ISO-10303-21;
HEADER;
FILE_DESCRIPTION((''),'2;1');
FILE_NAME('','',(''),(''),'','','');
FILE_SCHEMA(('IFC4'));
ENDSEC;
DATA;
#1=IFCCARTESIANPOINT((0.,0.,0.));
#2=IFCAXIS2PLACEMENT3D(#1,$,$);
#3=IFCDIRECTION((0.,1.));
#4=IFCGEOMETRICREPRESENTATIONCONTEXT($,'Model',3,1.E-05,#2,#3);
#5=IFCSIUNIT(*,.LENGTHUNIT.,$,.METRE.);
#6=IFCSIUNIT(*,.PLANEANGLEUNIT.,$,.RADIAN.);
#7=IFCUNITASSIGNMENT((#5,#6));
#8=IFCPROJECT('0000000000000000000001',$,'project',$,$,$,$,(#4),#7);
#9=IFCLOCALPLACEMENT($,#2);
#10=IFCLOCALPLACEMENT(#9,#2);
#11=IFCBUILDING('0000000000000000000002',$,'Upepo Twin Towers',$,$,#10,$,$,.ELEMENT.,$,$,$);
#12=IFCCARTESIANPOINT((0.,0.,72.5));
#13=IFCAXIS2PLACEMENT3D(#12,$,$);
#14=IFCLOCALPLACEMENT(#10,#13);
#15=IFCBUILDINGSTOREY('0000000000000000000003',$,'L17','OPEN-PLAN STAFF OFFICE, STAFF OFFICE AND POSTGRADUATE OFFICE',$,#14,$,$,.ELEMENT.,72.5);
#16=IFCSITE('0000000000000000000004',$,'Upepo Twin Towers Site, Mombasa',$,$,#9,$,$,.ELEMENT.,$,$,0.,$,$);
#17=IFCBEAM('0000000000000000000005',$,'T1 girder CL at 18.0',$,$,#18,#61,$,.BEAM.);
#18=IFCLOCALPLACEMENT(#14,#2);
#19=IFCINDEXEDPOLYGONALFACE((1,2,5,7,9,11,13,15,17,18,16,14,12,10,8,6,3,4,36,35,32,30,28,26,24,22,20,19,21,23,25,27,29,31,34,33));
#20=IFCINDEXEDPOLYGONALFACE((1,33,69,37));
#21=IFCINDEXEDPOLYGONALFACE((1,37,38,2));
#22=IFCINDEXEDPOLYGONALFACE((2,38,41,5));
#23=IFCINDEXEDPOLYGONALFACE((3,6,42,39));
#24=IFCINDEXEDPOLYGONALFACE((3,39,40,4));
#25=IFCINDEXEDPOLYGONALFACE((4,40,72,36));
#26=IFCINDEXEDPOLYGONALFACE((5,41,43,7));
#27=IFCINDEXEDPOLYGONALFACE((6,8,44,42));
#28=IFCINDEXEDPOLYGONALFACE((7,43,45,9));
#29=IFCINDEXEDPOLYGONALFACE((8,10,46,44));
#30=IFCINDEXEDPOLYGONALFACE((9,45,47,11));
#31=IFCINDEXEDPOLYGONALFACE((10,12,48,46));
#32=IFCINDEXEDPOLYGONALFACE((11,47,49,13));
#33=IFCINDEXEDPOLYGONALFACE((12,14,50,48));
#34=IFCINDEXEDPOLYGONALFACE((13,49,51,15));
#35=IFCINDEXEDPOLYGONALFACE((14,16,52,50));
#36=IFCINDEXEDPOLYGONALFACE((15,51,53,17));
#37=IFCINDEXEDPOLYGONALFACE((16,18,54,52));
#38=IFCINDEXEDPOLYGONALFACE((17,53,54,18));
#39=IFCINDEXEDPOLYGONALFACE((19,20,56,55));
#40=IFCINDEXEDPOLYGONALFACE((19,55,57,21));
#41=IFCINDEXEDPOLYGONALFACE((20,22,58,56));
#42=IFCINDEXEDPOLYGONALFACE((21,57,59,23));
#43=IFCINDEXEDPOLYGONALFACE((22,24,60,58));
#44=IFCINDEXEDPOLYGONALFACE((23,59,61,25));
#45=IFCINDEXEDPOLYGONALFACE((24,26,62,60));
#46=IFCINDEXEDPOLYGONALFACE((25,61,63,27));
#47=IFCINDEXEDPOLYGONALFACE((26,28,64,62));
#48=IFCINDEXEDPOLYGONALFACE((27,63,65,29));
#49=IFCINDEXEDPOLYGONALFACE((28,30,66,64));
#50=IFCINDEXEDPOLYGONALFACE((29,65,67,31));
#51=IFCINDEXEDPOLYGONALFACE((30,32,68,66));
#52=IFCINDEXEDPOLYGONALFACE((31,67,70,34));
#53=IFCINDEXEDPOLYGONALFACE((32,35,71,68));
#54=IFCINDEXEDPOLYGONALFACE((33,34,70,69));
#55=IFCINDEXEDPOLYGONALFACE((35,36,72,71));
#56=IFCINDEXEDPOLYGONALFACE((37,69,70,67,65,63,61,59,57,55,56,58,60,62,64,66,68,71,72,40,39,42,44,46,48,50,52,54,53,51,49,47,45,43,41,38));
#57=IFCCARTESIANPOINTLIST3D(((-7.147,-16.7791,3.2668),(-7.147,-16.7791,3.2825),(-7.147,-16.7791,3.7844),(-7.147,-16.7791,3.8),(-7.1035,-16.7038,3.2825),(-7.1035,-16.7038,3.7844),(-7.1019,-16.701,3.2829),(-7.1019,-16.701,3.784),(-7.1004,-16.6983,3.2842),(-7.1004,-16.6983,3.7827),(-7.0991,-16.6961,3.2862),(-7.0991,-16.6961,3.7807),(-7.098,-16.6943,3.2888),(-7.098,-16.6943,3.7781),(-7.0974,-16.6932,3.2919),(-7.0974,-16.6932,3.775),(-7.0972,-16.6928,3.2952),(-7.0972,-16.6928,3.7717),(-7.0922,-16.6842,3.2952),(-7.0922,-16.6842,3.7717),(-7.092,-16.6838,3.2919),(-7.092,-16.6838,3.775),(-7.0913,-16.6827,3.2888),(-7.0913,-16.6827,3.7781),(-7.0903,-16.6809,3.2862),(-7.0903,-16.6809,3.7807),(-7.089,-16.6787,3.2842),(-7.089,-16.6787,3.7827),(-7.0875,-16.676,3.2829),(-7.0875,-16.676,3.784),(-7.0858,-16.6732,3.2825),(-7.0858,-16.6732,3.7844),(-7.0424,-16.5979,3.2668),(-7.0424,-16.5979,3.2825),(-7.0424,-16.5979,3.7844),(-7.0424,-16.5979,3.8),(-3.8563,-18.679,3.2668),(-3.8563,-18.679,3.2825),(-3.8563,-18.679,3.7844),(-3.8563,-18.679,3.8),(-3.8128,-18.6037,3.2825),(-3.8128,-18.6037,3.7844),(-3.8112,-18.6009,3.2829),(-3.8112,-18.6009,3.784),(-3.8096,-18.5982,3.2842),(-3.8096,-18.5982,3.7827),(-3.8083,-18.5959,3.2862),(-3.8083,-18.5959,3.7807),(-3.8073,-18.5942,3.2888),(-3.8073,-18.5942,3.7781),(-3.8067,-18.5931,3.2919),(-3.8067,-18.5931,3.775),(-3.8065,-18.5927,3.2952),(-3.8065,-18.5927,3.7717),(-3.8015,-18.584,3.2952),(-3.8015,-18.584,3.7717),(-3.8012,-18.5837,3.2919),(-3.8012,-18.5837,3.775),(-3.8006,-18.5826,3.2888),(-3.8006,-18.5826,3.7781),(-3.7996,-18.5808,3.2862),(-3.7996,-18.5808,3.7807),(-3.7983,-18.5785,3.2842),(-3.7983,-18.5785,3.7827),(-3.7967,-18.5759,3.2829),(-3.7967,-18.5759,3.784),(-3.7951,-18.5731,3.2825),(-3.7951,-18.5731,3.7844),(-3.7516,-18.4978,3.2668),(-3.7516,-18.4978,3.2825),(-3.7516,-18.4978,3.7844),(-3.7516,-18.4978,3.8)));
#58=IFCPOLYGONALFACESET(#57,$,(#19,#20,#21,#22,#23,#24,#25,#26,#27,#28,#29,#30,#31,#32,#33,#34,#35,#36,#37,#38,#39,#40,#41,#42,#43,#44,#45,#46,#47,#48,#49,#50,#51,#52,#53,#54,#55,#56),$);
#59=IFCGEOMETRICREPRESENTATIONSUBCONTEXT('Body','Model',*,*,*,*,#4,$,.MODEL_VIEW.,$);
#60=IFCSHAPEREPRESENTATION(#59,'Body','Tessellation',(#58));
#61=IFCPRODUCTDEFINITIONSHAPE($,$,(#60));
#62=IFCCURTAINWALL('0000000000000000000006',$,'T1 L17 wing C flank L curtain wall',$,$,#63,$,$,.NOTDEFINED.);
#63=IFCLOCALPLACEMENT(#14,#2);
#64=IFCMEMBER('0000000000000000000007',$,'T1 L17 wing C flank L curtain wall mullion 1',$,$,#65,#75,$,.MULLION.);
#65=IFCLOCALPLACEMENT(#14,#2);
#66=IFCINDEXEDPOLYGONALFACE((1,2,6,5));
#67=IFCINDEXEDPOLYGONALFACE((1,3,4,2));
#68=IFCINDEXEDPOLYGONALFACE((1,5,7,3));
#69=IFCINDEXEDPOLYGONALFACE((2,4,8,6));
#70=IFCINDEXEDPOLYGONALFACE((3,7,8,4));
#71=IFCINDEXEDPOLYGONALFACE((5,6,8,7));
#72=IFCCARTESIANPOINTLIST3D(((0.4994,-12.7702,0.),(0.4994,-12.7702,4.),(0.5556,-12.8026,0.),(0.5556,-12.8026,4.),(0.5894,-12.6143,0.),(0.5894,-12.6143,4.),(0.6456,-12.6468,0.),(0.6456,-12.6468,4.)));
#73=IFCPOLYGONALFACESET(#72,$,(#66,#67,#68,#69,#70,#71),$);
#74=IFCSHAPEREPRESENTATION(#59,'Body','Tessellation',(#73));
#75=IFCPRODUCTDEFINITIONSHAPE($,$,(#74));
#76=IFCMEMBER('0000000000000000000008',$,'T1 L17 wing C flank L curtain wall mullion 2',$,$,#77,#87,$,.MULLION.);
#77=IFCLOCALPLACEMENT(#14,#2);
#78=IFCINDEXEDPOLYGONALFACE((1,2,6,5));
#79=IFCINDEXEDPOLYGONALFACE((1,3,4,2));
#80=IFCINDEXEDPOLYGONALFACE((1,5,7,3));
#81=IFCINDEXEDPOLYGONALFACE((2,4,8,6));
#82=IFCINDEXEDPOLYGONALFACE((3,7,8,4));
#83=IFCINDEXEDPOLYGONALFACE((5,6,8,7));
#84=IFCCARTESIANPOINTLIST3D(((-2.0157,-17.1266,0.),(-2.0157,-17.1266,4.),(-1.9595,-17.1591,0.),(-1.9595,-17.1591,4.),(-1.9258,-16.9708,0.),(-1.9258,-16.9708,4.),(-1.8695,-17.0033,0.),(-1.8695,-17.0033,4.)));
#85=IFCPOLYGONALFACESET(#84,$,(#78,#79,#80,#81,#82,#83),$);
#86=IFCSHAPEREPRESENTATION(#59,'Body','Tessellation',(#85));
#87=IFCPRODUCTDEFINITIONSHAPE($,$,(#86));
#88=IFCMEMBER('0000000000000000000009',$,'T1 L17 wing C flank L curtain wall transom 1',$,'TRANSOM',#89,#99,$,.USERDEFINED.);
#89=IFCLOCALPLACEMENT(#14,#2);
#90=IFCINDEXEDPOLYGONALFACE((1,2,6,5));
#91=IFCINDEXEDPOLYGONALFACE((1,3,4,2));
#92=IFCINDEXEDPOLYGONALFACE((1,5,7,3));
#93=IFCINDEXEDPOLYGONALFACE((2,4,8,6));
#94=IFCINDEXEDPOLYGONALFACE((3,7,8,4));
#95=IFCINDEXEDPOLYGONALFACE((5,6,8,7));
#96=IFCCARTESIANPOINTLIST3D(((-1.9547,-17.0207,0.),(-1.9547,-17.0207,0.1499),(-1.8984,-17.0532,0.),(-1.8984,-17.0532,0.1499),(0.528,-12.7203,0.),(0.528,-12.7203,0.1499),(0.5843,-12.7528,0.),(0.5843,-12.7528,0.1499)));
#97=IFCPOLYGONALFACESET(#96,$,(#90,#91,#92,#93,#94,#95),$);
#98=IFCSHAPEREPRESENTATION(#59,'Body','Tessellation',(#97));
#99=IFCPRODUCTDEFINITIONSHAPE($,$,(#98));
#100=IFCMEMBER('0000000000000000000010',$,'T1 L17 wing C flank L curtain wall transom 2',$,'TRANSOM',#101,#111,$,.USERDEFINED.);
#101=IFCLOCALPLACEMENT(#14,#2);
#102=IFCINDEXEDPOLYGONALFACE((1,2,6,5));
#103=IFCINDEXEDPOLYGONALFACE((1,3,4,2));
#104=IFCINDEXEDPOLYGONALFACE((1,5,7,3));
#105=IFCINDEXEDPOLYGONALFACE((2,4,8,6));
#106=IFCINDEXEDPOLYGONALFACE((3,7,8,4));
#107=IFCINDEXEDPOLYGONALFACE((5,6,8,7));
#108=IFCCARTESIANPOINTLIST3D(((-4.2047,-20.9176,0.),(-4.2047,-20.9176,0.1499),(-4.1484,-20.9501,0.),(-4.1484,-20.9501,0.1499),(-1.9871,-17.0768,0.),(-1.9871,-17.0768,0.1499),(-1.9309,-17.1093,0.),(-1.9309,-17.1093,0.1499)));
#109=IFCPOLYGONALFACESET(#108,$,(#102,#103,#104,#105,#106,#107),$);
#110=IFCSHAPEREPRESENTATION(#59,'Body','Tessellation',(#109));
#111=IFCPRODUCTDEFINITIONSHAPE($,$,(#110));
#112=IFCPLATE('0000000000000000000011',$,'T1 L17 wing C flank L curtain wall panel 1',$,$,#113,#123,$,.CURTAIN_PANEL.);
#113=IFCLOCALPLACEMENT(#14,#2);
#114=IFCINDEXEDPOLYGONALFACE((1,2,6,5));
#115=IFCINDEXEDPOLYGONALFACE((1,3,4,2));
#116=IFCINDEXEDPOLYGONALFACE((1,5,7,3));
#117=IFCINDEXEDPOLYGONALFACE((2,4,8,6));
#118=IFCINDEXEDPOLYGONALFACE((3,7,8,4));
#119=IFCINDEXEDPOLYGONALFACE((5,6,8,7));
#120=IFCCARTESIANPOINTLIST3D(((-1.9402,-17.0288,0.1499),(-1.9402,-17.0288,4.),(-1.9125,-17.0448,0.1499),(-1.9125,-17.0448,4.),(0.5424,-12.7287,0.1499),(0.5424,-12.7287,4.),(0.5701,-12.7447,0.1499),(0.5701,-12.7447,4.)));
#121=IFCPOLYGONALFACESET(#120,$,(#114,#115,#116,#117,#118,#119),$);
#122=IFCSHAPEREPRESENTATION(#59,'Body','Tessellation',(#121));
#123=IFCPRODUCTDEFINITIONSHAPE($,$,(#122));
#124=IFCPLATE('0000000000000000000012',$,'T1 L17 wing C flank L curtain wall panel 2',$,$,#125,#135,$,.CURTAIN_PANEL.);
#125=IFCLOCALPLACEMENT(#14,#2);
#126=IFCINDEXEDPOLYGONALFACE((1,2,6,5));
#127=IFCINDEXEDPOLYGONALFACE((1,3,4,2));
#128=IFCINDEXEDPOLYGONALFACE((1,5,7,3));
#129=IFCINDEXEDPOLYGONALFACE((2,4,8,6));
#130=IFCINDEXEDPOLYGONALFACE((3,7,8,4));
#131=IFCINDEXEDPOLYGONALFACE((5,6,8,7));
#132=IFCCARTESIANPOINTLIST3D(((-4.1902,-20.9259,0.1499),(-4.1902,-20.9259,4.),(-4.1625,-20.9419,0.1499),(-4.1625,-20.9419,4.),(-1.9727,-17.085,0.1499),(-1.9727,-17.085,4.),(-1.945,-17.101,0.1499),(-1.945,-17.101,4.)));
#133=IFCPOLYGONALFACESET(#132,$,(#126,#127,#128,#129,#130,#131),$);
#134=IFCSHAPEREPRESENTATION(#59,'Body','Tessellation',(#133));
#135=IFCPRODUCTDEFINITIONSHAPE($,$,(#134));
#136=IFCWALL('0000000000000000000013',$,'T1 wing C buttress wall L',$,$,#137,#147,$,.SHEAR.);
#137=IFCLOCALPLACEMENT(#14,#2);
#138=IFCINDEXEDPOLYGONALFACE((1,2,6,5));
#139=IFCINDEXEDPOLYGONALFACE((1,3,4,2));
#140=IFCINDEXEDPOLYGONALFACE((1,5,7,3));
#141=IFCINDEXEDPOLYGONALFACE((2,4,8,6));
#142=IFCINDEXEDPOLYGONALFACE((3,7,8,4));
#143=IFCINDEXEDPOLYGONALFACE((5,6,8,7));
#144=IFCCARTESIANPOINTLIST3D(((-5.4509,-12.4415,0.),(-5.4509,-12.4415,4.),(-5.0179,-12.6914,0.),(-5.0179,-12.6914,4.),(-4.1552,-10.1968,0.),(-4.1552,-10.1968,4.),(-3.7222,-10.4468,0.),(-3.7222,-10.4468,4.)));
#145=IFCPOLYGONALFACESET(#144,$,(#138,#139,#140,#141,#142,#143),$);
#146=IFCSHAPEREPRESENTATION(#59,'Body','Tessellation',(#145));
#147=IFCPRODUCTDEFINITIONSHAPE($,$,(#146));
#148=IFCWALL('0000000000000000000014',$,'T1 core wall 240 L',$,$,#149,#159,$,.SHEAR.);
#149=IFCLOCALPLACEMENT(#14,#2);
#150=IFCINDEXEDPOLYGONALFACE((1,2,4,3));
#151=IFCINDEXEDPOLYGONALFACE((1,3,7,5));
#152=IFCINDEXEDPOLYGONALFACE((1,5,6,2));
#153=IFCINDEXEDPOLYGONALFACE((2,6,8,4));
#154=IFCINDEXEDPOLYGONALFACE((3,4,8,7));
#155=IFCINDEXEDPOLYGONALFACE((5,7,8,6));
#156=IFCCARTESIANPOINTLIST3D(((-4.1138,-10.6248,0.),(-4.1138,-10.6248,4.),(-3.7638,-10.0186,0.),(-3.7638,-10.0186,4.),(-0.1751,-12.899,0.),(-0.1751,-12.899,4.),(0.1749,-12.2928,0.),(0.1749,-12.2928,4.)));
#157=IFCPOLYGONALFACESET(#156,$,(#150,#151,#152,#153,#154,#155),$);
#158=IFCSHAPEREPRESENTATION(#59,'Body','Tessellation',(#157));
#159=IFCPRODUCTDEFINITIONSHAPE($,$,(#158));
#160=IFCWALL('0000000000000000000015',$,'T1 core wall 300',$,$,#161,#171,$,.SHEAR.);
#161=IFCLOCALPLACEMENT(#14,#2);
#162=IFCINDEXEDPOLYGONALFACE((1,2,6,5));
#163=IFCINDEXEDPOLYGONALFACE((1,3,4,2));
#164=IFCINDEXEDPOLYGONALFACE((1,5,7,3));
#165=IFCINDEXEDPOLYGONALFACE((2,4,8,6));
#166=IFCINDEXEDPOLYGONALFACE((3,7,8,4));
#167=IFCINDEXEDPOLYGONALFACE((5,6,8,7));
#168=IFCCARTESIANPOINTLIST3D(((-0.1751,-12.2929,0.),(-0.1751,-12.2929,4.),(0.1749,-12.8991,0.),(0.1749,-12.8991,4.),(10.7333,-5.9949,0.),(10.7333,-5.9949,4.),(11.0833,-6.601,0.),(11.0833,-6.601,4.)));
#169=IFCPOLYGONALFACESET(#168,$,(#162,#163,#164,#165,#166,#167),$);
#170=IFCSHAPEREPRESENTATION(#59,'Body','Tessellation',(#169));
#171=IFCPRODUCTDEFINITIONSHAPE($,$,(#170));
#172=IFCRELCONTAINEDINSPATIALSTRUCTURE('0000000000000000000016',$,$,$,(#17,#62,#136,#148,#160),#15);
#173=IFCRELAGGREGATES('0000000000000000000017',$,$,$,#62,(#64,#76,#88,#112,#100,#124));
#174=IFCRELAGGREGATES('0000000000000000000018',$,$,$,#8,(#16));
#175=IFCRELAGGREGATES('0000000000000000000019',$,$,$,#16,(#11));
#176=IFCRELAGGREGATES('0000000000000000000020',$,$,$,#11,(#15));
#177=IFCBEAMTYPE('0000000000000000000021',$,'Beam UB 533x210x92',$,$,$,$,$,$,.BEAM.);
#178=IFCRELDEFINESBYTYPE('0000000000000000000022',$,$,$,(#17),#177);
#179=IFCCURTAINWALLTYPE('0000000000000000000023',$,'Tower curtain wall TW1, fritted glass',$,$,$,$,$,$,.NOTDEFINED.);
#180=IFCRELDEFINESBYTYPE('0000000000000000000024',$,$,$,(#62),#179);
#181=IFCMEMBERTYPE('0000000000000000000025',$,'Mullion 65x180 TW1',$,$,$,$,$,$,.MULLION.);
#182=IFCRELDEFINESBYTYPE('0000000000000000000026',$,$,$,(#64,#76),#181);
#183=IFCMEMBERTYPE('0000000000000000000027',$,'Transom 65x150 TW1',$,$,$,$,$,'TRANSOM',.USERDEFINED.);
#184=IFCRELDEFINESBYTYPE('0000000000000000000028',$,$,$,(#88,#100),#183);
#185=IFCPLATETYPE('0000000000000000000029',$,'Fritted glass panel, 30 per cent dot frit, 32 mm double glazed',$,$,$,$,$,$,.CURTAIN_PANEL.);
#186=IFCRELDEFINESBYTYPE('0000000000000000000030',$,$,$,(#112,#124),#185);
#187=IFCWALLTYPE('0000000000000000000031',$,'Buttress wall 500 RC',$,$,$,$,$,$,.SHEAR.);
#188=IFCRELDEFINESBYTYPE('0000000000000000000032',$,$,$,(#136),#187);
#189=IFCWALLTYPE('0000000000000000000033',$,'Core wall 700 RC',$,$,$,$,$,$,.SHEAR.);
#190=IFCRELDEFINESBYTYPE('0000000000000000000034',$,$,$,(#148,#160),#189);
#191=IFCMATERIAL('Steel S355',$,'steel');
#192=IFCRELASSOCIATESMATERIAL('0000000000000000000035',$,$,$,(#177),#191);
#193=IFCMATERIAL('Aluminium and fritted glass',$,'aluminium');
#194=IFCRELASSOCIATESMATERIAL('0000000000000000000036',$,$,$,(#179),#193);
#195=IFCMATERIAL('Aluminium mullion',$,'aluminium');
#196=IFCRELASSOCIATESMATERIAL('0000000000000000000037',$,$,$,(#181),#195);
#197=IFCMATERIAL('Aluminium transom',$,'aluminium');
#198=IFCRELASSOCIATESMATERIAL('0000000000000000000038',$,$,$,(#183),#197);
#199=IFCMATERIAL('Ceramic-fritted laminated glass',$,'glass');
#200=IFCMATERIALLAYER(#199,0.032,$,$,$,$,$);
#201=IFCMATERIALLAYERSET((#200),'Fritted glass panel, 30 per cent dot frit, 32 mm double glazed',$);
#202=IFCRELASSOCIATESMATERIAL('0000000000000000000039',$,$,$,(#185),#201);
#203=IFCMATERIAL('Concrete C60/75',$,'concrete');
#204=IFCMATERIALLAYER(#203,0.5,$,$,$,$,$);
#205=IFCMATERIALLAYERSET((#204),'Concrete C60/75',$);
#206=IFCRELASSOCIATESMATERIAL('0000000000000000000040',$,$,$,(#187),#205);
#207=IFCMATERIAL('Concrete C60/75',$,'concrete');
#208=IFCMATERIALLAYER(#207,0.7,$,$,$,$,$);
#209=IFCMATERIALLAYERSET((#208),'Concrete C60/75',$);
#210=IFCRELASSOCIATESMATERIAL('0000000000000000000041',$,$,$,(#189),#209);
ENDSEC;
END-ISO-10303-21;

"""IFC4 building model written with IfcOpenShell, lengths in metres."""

from ifc_helpers import new_model, si_unit, direction, frame, frame_2d, origin, origin_2d, place, context, subcontext, project, spatial, rectangle, i_section, extrude, material, layer, layer_set, material_profile, profile_set, type_object, element, aggregate, save


model = new_model("IFC4")

# Units and contexts
model_context = context("Model", 3, precision=1e-05, world=origin(), true_north=direction((0.0, 1.0)))
body_context = subcontext(model_context, "Body", "Model", "MODEL_VIEW")
ifc_project = project(units=[si_unit("LENGTHUNIT", "METRE"), si_unit("PLANEANGLEUNIT", "RADIAN")], contexts=[model_context])

# Site, building, storey
site_placement = place(None, origin())
site = spatial("IfcSite", under=ifc_project, at=site_placement, Name="Upepo Twin Towers Site, Mombasa", CompositionType="ELEMENT", RefElevation=0.0)
building_placement = place(site_placement, origin())
building = spatial("IfcBuilding", under=site, at=building_placement, Name="Upepo Twin Towers", CompositionType="ELEMENT")
storey_placement = place(building_placement, frame((0.0, 0.0, 72.5)))
storey = spatial("IfcBuildingStorey", under=building, at=storey_placement, Name="L17", Description="OPEN-PLAN STAFF OFFICE, STAFF OFFICE AND POSTGRADUATE OFFICE", CompositionType="ELEMENT", Elevation=72.5)

# Beam
ifc_material_1 = material(Name="Steel S355", Category="steel")
ifc_material_profile_1 = material_profile(ifc_material_1, i_section(OverallWidth=0.2092, OverallDepth=0.5332, WebThickness=0.01, FlangeThickness=0.0156, FilletRadius=0.0127, at=origin_2d()), Name="UB 533x210x92")
ifc_profile_set_1 = profile_set([ifc_material_profile_1], Name="Steel S355")
beam_type_1 = type_object("IfcBeamType", Name="Beam UB 533x210x92", PredefinedType="BEAM", material=ifc_profile_set_1)
beam_1_placement = place(storey_placement, frame((-3.804, -18.5884, 3.5334), z_axis=(-0.866028, 0.499995, 0.0), x_axis=(-0.499995, -0.866028, 0.0)))
element("IfcBeam", 1, at=beam_1_placement, inside=storey, type_object=beam_type_1, Name="T1 girder CL at 18.0", PredefinedType="BEAM", context=body_context, shape_type="SweptSolid", body=[
    extrude(i_section(OverallWidth=0.2092, OverallDepth=0.5332, WebThickness=0.01, FlangeThickness=0.0156, FilletRadius=0.0127, at=origin_2d()), origin(), (0.0, 0.0, 1.0), 3.7998),
])

# Curtain wall, members, plates
ifc_material_2 = material(Name="Aluminium and fritted glass", Category="aluminium")
curtain_wall_type = type_object("IfcCurtainWallType", Name="Tower curtain wall TW1, fritted glass", PredefinedType="NOTDEFINED", material=ifc_material_2)
curtain_wall_placement = place(storey_placement, origin())
curtain_wall = element("IfcCurtainWall", 2, at=curtain_wall_placement, inside=storey, type_object=curtain_wall_type, Name="T1 L17 wing C flank L curtain wall", PredefinedType="NOTDEFINED")
ifc_material_3 = material(Name="Aluminium mullion", Category="aluminium")
ifc_material_profile_2 = material_profile(ifc_material_3, rectangle(XDim=0.0649, YDim=0.1799, at=origin_2d()), Name="MULLION 65x180")
ifc_profile_set_2 = profile_set([ifc_material_profile_2], Name="Aluminium mullion")
member_type_1 = type_object("IfcMemberType", Name="Mullion 65x180 TW1", PredefinedType="MULLION", material=ifc_profile_set_2)
member_1_placement = place(storey_placement, frame((0.5725, -12.7085, 0.0), z_axis=(0.0, 0.0, 1.0), x_axis=(0.866025, -0.5, 0.0)))
member_1 = element("IfcMember", 3, at=member_1_placement, type_object=member_type_1, Name="T1 L17 wing C flank L curtain wall mullion 1", PredefinedType="MULLION", context=body_context, shape_type="SweptSolid", body=[
    extrude(rectangle(XDim=0.0649, YDim=0.1799, at=origin_2d()), origin(), (0.0, 0.0, 1.0), 4.0),
])
member_2_placement = place(storey_placement, frame((-1.9426, -17.0649, 0.0), z_axis=(0.0, 0.0, 1.0), x_axis=(0.866025, -0.5, 0.0)))
member_2 = element("IfcMember", 4, at=member_2_placement, type_object=member_type_1, Name="T1 L17 wing C flank L curtain wall mullion 2", PredefinedType="MULLION", context=body_context, shape_type="SweptSolid", body=[
    extrude(rectangle(XDim=0.0649, YDim=0.1799, at=origin_2d()), origin(), (0.0, 0.0, 1.0), 4.0),
])
ifc_material_4 = material(Name="Aluminium transom", Category="aluminium")
ifc_material_profile_3 = material_profile(ifc_material_4, rectangle(XDim=0.0649, YDim=0.1499, at=origin_2d()), Name="TRANSOM 65x150")
ifc_profile_set_3 = profile_set([ifc_material_profile_3], Name="Aluminium transom")
member_type_2 = type_object("IfcMemberType", Name="Transom 65x150 TW1", ElementType="TRANSOM", PredefinedType="USERDEFINED", material=ifc_profile_set_3)
member_3_placement = place(storey_placement, frame((0.5562, -12.7366, 0.075), z_axis=(-0.499983, -0.866035, 0.0), x_axis=(0.866035, -0.499983, 0.0)))
member_3 = element("IfcMember", 5, at=member_3_placement, type_object=member_type_2, Name="T1 L17 wing C flank L curtain wall transom 1", ObjectType="TRANSOM", PredefinedType="USERDEFINED", context=body_context, shape_type="SweptSolid", body=[
    extrude(rectangle(XDim=0.0649, YDim=0.1499, at=origin_2d()), origin(), (0.0, 0.0, 1.0), 4.9656),
])
member_4_placement = place(storey_placement, frame((-1.959, -17.093, 0.075), z_axis=(-0.500005, -0.866022, 0.0), x_axis=(0.866022, -0.500005, 0.0)))
member_4 = element("IfcMember", 6, at=member_4_placement, type_object=member_type_2, Name="T1 L17 wing C flank L curtain wall transom 2", ObjectType="TRANSOM", PredefinedType="USERDEFINED", context=body_context, shape_type="SweptSolid", body=[
    extrude(rectangle(XDim=0.0649, YDim=0.1499, at=origin_2d()), origin(), (0.0, 0.0, 1.0), 4.4351),
])
ifc_material_5 = material(Name="Ceramic-fritted laminated glass", Category="glass")
ifc_layer_1 = layer(ifc_material_5, 0.032)
ifc_layer_set_1 = layer_set([ifc_layer_1], Name="Fritted glass panel, 30 per cent dot frit, 32 mm double glazed")
plate_type = type_object("IfcPlateType", Name="Fritted glass panel, 30 per cent dot frit, 32 mm double glazed", PredefinedType="CURTAIN_PANEL", material=ifc_layer_set_1)
plate_1_placement = place(storey_placement, frame((-0.6851, -14.8867, 0.1499), z_axis=(0.0, 0.0, 1.0), x_axis=(-0.5, -0.866025, 0.0)))
plate_1 = element("IfcPlate", 7, at=plate_1_placement, type_object=plate_type, Name="T1 L17 wing C flank L curtain wall panel 1", PredefinedType="CURTAIN_PANEL", context=body_context, shape_type="SweptSolid", body=[
    extrude(rectangle(XDim=4.9653, YDim=0.032, at=origin_2d()), origin(), (0.0, 0.0, 1.0), 3.8501),
])
plate_2_placement = place(storey_placement, frame((-3.0676, -19.0134, 0.1499), z_axis=(0.0, 0.0, 1.0), x_axis=(-0.5, -0.866025, 0.0)))
plate_2 = element("IfcPlate", 8, at=plate_2_placement, type_object=plate_type, Name="T1 L17 wing C flank L curtain wall panel 2", PredefinedType="CURTAIN_PANEL", context=body_context, shape_type="SweptSolid", body=[
    extrude(rectangle(XDim=4.4351, YDim=0.032, at=origin_2d()), origin(), (0.0, 0.0, 1.0), 3.8501),
])
aggregate(curtain_wall, [member_1, member_2, member_3, plate_1, member_4, plate_2])

# Walls
ifc_material_6 = material(Name="Concrete C60/75", Category="concrete")
ifc_layer_2 = layer(ifc_material_6, 0.5)
ifc_layer_set_2 = layer_set([ifc_layer_2], Name="Concrete C60/75")
wall_type_1 = type_object("IfcWallType", Name="Buttress wall 500 RC", PredefinedType="SHEAR", material=ifc_layer_set_2)
wall_1_placement = place(storey_placement, frame((-3.9387, -10.3218, 0.0), z_axis=(0.0, 0.0, 1.0), x_axis=(-0.499918, -0.866073, 0.0)))
element("IfcWall", 9, at=wall_1_placement, inside=storey, type_object=wall_type_1, Name="T1 wing C buttress wall L", PredefinedType="SHEAR", context=body_context, shape_type="SweptSolid", body=[
    extrude(rectangle(XDim=2.5918, YDim=0.5, at=frame_2d((1.2959, 0.0))), origin(), (0.0, 0.0, 1.0), 4.0),
])
ifc_material_7 = material(Name="Concrete C60/75", Category="concrete")
ifc_layer_3 = layer(ifc_material_7, 0.7)
ifc_layer_set_3 = layer_set([ifc_layer_3], Name="Concrete C60/75")
wall_type_2 = type_object("IfcWallType", Name="Core wall 700 RC", PredefinedType="SHEAR", material=ifc_layer_set_3)
wall_2_placement = place(storey_placement, frame((-3.9387, -10.3218, 0.0), z_axis=(0.0, 0.0, 1.0), x_axis=(0.866011, -0.500024, 0.0)))
element("IfcWall", 10, at=wall_2_placement, inside=storey, type_object=wall_type_2, Name="T1 core wall 240 L", PredefinedType="SHEAR", context=body_context, shape_type="SweptSolid", body=[
    extrude(rectangle(XDim=4.5481, YDim=0.7, at=frame_2d((2.2739, 0.0))), origin(), (0.0, 0.0, 1.0), 4.0),
])
wall_3_placement = place(storey_placement, frame((0.0, -12.5959, 0.0), z_axis=(0.0, 0.0, 1.0), x_axis=(0.866022, 0.500006, 0.0)))
element("IfcWall", 11, at=wall_3_placement, inside=storey, type_object=wall_type_2, Name="T1 core wall 300", PredefinedType="SHEAR", context=body_context, shape_type="SweptSolid", body=[
    extrude(rectangle(XDim=12.5959, YDim=0.7, at=frame_2d((6.2979, 0.0))), origin(), (0.0, 0.0, 1.0), 4.0),
])

save(model, "model.ifc")
